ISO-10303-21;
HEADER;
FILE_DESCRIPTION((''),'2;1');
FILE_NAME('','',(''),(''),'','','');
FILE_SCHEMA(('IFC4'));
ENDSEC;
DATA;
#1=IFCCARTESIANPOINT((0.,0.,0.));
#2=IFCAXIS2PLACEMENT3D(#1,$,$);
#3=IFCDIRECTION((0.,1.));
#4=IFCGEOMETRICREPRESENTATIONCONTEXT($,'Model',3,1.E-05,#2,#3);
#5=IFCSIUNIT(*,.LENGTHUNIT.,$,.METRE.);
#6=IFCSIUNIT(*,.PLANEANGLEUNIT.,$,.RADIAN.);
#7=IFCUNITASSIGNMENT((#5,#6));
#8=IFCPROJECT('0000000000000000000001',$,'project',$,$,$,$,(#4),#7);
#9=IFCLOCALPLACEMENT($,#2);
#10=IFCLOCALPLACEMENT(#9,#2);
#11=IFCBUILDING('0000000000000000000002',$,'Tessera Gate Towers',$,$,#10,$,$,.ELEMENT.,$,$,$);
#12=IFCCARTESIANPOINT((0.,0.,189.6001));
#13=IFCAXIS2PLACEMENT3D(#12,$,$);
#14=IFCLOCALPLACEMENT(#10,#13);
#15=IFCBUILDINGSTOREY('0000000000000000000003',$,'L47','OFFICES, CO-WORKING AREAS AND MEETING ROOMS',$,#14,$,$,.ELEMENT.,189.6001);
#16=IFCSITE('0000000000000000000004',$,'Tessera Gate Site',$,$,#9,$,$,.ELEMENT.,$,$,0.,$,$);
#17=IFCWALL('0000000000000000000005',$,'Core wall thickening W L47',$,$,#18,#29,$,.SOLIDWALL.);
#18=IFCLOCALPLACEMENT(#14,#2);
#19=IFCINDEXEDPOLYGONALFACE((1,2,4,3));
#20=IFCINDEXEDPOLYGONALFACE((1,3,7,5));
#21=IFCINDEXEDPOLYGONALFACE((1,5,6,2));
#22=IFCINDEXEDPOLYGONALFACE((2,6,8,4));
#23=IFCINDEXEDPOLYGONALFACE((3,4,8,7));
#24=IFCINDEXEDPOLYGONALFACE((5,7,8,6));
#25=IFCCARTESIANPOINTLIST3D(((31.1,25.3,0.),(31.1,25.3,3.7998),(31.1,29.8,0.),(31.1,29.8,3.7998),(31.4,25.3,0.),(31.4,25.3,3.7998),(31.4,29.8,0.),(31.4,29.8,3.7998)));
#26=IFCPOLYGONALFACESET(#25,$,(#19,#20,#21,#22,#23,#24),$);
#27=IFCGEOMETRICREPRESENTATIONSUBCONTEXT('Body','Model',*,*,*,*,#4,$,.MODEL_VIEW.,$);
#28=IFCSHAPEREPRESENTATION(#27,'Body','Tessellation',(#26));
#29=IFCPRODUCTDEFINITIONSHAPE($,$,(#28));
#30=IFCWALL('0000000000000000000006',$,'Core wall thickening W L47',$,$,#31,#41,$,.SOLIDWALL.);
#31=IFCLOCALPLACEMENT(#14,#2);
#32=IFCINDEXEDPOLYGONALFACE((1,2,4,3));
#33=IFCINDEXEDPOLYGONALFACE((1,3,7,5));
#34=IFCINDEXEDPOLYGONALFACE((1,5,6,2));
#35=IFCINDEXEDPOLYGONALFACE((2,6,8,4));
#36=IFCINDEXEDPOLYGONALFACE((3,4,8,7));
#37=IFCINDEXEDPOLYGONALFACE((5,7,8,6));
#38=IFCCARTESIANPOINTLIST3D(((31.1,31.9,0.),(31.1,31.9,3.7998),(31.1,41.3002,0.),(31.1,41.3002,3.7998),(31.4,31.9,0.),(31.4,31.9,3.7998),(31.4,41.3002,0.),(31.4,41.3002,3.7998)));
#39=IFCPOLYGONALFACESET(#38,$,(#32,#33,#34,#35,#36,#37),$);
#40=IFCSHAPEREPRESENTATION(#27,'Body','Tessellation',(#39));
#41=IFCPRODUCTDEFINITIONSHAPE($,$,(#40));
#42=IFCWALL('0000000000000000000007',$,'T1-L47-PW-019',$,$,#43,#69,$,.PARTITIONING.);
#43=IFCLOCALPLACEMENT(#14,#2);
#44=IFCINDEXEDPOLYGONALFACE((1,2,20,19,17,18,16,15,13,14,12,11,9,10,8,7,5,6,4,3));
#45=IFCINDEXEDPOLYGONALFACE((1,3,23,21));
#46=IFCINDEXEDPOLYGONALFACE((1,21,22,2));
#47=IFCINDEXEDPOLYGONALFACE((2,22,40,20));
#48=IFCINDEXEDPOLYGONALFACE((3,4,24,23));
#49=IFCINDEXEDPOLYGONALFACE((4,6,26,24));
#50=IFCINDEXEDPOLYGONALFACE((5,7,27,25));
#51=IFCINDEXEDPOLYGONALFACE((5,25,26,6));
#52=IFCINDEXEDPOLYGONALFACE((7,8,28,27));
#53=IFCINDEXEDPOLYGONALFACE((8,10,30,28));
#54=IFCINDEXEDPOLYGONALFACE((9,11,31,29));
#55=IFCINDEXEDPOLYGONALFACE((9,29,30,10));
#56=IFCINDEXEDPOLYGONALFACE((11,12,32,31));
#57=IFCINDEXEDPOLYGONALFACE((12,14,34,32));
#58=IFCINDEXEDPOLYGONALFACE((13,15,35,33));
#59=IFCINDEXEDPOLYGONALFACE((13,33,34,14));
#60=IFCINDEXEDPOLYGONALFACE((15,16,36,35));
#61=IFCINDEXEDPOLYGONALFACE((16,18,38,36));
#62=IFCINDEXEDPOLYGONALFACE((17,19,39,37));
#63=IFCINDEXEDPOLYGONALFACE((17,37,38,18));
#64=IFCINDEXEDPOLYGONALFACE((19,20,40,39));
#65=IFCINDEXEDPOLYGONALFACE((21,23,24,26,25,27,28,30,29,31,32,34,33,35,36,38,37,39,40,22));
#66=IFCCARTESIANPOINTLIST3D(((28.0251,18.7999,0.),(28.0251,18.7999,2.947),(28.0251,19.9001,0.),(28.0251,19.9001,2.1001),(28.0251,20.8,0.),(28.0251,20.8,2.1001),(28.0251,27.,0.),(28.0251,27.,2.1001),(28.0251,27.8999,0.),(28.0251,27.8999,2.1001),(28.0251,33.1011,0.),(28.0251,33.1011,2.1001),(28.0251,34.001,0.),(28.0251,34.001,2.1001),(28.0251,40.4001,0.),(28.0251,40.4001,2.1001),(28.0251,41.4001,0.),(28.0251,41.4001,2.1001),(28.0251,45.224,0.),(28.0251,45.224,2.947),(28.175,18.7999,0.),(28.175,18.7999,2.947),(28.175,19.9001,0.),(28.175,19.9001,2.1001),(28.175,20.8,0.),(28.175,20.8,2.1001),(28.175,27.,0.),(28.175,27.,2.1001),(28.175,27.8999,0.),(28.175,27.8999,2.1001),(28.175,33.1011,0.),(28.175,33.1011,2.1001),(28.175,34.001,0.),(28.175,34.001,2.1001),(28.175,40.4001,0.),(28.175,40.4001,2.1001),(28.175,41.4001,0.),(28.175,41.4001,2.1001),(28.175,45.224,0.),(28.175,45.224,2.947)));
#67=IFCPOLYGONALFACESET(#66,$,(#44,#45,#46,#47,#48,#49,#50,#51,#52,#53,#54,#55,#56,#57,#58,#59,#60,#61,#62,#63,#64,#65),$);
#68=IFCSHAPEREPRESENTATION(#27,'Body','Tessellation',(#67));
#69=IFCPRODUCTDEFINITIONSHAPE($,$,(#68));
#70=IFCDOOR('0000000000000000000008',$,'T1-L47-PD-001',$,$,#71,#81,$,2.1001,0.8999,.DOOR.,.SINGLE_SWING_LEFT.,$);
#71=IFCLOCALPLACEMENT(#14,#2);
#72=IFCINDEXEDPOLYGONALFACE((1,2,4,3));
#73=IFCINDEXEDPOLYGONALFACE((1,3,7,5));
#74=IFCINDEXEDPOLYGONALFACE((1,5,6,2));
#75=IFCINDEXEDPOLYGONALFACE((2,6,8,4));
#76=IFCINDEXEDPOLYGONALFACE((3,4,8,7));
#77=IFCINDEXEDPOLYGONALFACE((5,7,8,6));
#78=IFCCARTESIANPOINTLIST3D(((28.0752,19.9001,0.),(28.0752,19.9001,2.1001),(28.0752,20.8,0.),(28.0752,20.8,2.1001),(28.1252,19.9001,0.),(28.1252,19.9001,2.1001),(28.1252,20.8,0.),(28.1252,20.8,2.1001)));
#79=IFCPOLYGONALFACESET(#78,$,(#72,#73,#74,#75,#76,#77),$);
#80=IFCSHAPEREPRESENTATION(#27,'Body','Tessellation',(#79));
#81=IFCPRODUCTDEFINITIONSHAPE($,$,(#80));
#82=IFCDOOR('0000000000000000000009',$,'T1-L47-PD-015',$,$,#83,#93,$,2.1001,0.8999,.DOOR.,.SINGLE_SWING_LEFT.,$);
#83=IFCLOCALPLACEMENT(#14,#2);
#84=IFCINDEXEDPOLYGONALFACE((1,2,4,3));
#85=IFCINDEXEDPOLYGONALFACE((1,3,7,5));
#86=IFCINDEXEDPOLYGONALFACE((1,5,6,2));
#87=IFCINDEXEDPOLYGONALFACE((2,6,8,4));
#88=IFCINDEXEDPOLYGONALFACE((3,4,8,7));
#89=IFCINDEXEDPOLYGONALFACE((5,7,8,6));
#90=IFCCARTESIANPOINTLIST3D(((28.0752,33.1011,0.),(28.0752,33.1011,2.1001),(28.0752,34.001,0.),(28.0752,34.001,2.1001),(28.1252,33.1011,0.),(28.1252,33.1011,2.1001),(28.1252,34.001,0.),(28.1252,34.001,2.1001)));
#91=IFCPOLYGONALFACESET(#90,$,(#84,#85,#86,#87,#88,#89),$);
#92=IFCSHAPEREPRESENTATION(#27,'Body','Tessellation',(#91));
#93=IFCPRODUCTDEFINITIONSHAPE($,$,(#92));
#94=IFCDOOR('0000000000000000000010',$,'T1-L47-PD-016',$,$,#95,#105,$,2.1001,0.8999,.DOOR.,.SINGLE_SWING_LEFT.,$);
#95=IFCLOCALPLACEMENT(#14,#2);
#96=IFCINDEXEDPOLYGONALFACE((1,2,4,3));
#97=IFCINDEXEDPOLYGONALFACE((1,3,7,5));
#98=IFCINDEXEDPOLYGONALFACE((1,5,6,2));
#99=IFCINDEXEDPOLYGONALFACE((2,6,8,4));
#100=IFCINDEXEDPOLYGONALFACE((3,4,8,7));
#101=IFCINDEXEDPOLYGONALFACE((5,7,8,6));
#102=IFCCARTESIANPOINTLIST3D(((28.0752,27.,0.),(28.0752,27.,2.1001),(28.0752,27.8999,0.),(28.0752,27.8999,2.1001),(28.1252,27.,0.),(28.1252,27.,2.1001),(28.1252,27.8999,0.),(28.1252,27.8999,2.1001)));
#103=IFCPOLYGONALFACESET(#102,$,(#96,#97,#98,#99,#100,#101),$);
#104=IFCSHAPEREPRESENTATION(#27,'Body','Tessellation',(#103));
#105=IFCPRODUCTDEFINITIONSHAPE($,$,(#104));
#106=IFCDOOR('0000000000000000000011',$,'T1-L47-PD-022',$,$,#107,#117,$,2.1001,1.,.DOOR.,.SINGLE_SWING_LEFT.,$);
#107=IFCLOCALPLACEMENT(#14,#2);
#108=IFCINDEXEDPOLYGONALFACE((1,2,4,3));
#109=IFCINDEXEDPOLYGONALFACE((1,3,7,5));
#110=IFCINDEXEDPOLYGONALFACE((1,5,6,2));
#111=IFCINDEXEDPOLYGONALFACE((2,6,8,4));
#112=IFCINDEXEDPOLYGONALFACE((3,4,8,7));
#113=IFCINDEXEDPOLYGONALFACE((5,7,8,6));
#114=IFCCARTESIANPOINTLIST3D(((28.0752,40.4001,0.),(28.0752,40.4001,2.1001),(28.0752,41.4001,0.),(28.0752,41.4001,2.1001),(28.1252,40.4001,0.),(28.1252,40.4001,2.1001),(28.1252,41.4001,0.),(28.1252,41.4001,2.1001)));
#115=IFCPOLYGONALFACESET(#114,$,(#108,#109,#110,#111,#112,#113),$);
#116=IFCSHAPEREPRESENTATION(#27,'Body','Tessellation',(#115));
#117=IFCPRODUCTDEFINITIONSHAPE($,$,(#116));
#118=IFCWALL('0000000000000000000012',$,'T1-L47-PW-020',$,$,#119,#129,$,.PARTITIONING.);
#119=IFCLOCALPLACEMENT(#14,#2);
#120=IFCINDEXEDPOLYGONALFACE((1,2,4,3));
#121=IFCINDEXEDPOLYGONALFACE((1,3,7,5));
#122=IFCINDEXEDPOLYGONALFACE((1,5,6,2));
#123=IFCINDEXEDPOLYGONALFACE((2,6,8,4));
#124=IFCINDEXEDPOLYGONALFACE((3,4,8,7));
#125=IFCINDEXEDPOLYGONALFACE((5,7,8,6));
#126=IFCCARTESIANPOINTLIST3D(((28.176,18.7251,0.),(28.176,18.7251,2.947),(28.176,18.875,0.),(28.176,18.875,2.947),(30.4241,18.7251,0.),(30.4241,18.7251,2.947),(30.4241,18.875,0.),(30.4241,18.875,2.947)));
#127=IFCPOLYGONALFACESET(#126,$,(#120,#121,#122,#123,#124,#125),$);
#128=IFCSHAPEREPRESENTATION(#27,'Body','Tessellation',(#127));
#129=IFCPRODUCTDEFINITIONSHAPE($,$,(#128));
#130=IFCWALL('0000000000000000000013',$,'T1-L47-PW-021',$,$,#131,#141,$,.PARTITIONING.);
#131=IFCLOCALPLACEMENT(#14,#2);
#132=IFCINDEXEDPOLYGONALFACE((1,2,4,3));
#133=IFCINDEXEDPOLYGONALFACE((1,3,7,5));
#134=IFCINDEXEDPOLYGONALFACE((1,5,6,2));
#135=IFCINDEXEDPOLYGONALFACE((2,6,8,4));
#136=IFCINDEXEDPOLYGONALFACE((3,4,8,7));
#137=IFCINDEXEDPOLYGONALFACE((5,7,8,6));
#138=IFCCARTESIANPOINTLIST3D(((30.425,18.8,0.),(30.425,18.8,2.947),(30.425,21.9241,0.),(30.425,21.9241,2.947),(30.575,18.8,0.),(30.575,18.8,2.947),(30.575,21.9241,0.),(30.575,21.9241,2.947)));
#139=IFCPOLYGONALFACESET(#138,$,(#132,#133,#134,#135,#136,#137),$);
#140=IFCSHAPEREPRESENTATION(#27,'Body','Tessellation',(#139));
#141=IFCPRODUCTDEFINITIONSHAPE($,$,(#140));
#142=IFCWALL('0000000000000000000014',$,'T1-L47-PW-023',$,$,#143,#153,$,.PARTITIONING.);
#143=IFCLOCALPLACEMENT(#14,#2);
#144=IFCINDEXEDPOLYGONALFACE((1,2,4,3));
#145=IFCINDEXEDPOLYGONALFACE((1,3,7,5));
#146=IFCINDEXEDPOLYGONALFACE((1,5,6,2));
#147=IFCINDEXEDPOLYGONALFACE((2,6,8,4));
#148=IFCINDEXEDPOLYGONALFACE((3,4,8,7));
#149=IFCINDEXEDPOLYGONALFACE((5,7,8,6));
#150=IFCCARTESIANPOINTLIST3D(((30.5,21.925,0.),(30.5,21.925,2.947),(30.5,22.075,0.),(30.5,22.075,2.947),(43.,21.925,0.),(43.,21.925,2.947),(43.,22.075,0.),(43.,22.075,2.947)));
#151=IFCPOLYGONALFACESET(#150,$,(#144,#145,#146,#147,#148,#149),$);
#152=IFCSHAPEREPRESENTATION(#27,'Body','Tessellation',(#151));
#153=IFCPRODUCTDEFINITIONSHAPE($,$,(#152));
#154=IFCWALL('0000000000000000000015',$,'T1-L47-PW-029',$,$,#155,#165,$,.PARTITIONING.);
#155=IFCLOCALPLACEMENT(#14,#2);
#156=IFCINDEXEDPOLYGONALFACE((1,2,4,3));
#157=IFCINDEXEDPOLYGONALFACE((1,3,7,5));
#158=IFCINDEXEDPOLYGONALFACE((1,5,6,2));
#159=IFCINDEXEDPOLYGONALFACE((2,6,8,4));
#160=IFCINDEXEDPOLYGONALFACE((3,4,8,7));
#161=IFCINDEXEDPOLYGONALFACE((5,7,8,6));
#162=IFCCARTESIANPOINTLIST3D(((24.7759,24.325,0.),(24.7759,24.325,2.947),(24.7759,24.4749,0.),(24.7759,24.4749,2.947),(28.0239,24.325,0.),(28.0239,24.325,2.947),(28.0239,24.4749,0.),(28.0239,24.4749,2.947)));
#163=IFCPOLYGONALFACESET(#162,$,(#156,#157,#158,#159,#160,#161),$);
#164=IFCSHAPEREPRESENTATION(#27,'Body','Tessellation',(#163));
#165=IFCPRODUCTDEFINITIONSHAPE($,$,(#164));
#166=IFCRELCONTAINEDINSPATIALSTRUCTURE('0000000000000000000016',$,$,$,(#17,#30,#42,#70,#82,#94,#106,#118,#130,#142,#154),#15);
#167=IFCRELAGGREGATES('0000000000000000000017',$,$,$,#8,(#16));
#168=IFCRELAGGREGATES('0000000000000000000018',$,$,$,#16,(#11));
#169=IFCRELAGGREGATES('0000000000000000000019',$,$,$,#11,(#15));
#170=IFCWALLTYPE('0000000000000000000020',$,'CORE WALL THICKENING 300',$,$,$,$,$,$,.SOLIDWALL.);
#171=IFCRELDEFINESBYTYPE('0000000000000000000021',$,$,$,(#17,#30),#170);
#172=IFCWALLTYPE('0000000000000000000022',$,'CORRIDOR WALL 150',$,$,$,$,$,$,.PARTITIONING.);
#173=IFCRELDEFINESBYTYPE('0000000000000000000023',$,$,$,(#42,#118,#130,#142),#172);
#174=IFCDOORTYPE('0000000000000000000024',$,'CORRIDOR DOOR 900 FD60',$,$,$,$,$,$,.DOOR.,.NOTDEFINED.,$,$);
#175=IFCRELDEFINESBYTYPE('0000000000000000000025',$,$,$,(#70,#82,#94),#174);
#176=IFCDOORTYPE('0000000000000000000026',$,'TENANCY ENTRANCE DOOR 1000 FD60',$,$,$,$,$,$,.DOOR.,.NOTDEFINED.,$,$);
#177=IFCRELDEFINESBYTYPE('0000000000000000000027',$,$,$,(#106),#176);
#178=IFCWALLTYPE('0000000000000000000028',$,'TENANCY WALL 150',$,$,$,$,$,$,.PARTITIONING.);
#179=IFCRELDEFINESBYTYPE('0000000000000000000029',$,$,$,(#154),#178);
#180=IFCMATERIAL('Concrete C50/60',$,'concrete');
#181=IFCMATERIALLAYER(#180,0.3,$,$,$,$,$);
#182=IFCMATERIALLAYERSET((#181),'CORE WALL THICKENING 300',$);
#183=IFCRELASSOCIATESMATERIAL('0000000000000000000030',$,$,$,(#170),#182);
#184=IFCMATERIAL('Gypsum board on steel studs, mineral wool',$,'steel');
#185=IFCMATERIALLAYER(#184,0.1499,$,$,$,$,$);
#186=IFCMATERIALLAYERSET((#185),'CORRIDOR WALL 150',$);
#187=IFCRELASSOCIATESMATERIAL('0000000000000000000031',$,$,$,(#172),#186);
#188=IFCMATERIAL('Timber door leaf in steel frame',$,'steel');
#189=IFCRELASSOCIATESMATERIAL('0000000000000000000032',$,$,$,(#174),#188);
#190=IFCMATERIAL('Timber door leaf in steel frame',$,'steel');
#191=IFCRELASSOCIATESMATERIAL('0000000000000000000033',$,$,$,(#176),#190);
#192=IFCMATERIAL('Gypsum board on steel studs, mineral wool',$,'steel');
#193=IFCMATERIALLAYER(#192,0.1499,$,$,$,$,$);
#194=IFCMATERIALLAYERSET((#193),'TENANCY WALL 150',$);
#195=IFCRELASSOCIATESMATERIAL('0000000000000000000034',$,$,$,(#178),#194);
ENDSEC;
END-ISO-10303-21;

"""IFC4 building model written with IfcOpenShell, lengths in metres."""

from ifc_helpers import new_model, si_unit, direction, frame, frame_2d, origin, place, context, subcontext, project, spatial, rectangle, extrude, source, transform, mapped, material, layer, layer_set, type_object, element, fill, save


model = new_model("IFC4")

# Units and contexts
model_context = context("Model", 3, precision=1e-05, world=origin(), true_north=direction((0.0, 1.0)))
body_context = subcontext(model_context, "Body", "Model", "MODEL_VIEW")
ifc_project = project(units=[si_unit("LENGTHUNIT", "METRE"), si_unit("PLANEANGLEUNIT", "RADIAN")], contexts=[model_context])

# Site, building, storey
site_placement = place(None, origin())
site = spatial("IfcSite", under=ifc_project, at=site_placement, Name="Tessera Gate Site", CompositionType="ELEMENT", RefElevation=0.0)
building_placement = place(site_placement, origin())
building = spatial("IfcBuilding", under=site, at=building_placement, Name="Tessera Gate Towers", CompositionType="ELEMENT")
storey_placement = place(building_placement, frame((0.0, 0.0, 189.6001)))
storey = spatial("IfcBuildingStorey", under=building, at=storey_placement, Name="L47", Description="OFFICES, CO-WORKING AREAS AND MEETING ROOMS", CompositionType="ELEMENT", Elevation=189.6001)

# Shared definitions
shared_shape_1 = source(origin(), body_context, "Body", "SweptSolid", [
    extrude(rectangle(XDim=0.8999, YDim=2.1001, at=frame_2d((0.45, 1.05))), frame((0.0, 0.0249, 0.0), z_axis=(0.0, -1.0, 0.0), x_axis=(1.0, 0.0, 0.0)), (0.0, 0.0, 1.0), 0.05),
])

# Walls
ifc_material_1 = material(Name="Concrete C50/60", Category="concrete")
ifc_layer_1 = layer(ifc_material_1, 0.3)
ifc_layer_set_1 = layer_set([ifc_layer_1], Name="CORE WALL THICKENING 300")
wall_type_1 = type_object("IfcWallType", Name="CORE WALL THICKENING 300", PredefinedType="SOLIDWALL", material=ifc_layer_set_1)
wall_1_placement = place(storey_placement, frame((31.25, 25.3, 0.0), z_axis=(0.0, 0.0, 1.0), x_axis=(0.0, 1.0, 0.0)))
element("IfcWall", 1, at=wall_1_placement, inside=storey, type_object=wall_type_1, Name="Core wall thickening W L47", PredefinedType="SOLIDWALL", context=body_context, shape_type="SweptSolid", body=[
    extrude(rectangle(XDim=4.5, YDim=0.3, at=frame_2d((2.25, 0.0))), origin(), (0.0, 0.0, 1.0), 3.7998),
])
wall_2_placement = place(storey_placement, frame((31.25, 31.8999, 0.0), z_axis=(0.0, 0.0, 1.0), x_axis=(0.0, 1.0, 0.0)))
element("IfcWall", 2, at=wall_2_placement, inside=storey, type_object=wall_type_1, Name="Core wall thickening W L47", PredefinedType="SOLIDWALL", context=body_context, shape_type="SweptSolid", body=[
    extrude(rectangle(XDim=9.4001, YDim=0.3, at=frame_2d((4.7002, 0.0))), origin(), (0.0, 0.0, 1.0), 3.7998),
])

# Wall, openings, doors
ifc_material_2 = material(Name="Gypsum board on steel studs, mineral wool", Category="steel")
ifc_layer_2 = layer(ifc_material_2, 0.1499)
ifc_layer_set_2 = layer_set([ifc_layer_2], Name="CORRIDOR WALL 150")
wall_type_2 = type_object("IfcWallType", Name="CORRIDOR WALL 150", PredefinedType="PARTITIONING", material=ifc_layer_set_2)
wall_3_placement = place(storey_placement, frame((28.1001, 18.8, 0.0), z_axis=(0.0, 0.0, 1.0), x_axis=(0.0, 1.0, 0.0)))
wall_3 = element("IfcWall", 3, at=wall_3_placement, inside=storey, type_object=wall_type_2, Name="T1-L47-PW-019", PredefinedType="PARTITIONING", context=body_context, shape_type="SweptSolid", body=[
    extrude(rectangle(XDim=26.4241, YDim=0.1499, at=frame_2d((13.2119, 0.0))), origin(), (0.0, 0.0, 1.0), 2.947),
])
shared_shape_2 = source(origin(), body_context, "Body", "SweptSolid", [
    extrude(rectangle(XDim=0.8999, YDim=2.1001, at=frame_2d((0.45, 1.05))), frame((0.0, 0.085, 0.0), z_axis=(0.0, -1.0, 0.0), x_axis=(1.0, 0.0, 0.0)), (0.0, 0.0, 1.0), 0.1699),
])
opening_1_placement = place(wall_3_placement, frame((1.1001, 0.0, 0.0)))
opening_1 = element("IfcOpeningElement", 4, at=opening_1_placement, cuts=wall_3, PredefinedType="OPENING", context=body_context, shape_type="MappedRepresentation", body=[
    mapped(shared_shape_2, transform((0.0, 0.0, 0.0), scale=1.0)),
])
opening_2_placement = place(wall_3_placement, frame((14.301, 0.0, 0.0)))
opening_2 = element("IfcOpeningElement", 5, at=opening_2_placement, cuts=wall_3, PredefinedType="OPENING", context=body_context, shape_type="MappedRepresentation", body=[
    mapped(shared_shape_2, transform((0.0, 0.0, 0.0), scale=1.0)),
])
opening_3_placement = place(wall_3_placement, frame((8.2, 0.0, 0.0)))
opening_3 = element("IfcOpeningElement", 6, at=opening_3_placement, cuts=wall_3, PredefinedType="OPENING", context=body_context, shape_type="MappedRepresentation", body=[
    mapped(shared_shape_2, transform((0.0, 0.0, 0.0), scale=1.0)),
])
shared_shape_3 = source(origin(), body_context, "Body", "SweptSolid", [
    extrude(rectangle(XDim=1.0, YDim=2.1001, at=frame_2d((0.5, 1.05))), frame((0.0, 0.085, 0.0), z_axis=(0.0, -1.0, 0.0), x_axis=(1.0, 0.0, 0.0)), (0.0, 0.0, 1.0), 0.1699),
])
opening_4_placement = place(wall_3_placement, frame((21.6001, 0.0, 0.0)))
opening_4 = element("IfcOpeningElement", 7, at=opening_4_placement, cuts=wall_3, PredefinedType="OPENING", context=body_context, shape_type="MappedRepresentation", body=[
    mapped(shared_shape_3, transform((0.0, 0.0, 0.0), scale=1.0)),
])
ifc_material_3 = material(Name="Timber door leaf in steel frame", Category="steel")
door_type_1 = type_object("IfcDoorType", Name="CORRIDOR DOOR 900 FD60", OperationType="NOTDEFINED", PredefinedType="DOOR", material=ifc_material_3)
door_1_placement = place(opening_1_placement, origin())
door_1 = element("IfcDoor", 8, at=door_1_placement, inside=storey, type_object=door_type_1, Name="T1-L47-PD-001", OperationType="SINGLE_SWING_LEFT", OverallHeight=2.1001, OverallWidth=0.8999, PredefinedType="DOOR", context=body_context, shape_type="MappedRepresentation", body=[
    mapped(shared_shape_1, transform((0.0, 0.0, 0.0), scale=1.0)),
])
fill(opening_1, door_1)
door_2_placement = place(opening_2_placement, origin())
door_2 = element("IfcDoor", 9, at=door_2_placement, inside=storey, type_object=door_type_1, Name="T1-L47-PD-015", OperationType="SINGLE_SWING_LEFT", OverallHeight=2.1001, OverallWidth=0.8999, PredefinedType="DOOR", context=body_context, shape_type="MappedRepresentation", body=[
    mapped(shared_shape_1, transform((0.0, 0.0, 0.0), scale=1.0)),
])
fill(opening_2, door_2)
door_3_placement = place(opening_3_placement, origin())
door_3 = element("IfcDoor", 10, at=door_3_placement, inside=storey, type_object=door_type_1, Name="T1-L47-PD-016", OperationType="SINGLE_SWING_LEFT", OverallHeight=2.1001, OverallWidth=0.8999, PredefinedType="DOOR", context=body_context, shape_type="MappedRepresentation", body=[
    mapped(shared_shape_1, transform((0.0, 0.0, 0.0), scale=1.0)),
])
fill(opening_3, door_3)
ifc_material_4 = material(Name="Timber door leaf in steel frame", Category="steel")
door_type_2 = type_object("IfcDoorType", Name="TENANCY ENTRANCE DOOR 1000 FD60", OperationType="NOTDEFINED", PredefinedType="DOOR", material=ifc_material_4)
shared_shape_4 = source(origin(), body_context, "Body", "SweptSolid", [
    extrude(rectangle(XDim=1.0, YDim=2.1001, at=frame_2d((0.5, 1.05))), frame((0.0, 0.0249, 0.0), z_axis=(0.0, -1.0, 0.0), x_axis=(1.0, 0.0, 0.0)), (0.0, 0.0, 1.0), 0.05),
])
door_4_placement = place(opening_4_placement, origin())
door_4 = element("IfcDoor", 11, at=door_4_placement, inside=storey, type_object=door_type_2, Name="T1-L47-PD-022", OperationType="SINGLE_SWING_LEFT", OverallHeight=2.1001, OverallWidth=1.0, PredefinedType="DOOR", context=body_context, shape_type="MappedRepresentation", body=[
    mapped(shared_shape_4, transform((0.0, 0.0, 0.0), scale=1.0)),
])
fill(opening_4, door_4)

# Walls
wall_4_placement = place(storey_placement, frame((28.176, 18.8, 0.0), z_axis=(0.0, 0.0, 1.0), x_axis=(1.0, 0.0, 0.0)))
element("IfcWall", 12, at=wall_4_placement, inside=storey, type_object=wall_type_2, Name="T1-L47-PW-020", PredefinedType="PARTITIONING", context=body_context, shape_type="SweptSolid", body=[
    extrude(rectangle(XDim=2.248, YDim=0.1499, at=frame_2d((1.124, 0.0))), origin(), (0.0, 0.0, 1.0), 2.947),
])
wall_5_placement = place(storey_placement, frame((30.5, 18.8, 0.0), z_axis=(0.0, 0.0, 1.0), x_axis=(0.0, 1.0, 0.0)))
element("IfcWall", 13, at=wall_5_placement, inside=storey, type_object=wall_type_2, Name="T1-L47-PW-021", PredefinedType="PARTITIONING", context=body_context, shape_type="SweptSolid", body=[
    extrude(rectangle(XDim=3.124, YDim=0.1499, at=frame_2d((1.562, 0.0))), origin(), (0.0, 0.0, 1.0), 2.947),
])
wall_6_placement = place(storey_placement, frame((30.5, 22.0, 0.0), z_axis=(0.0, 0.0, 1.0), x_axis=(1.0, 0.0, 0.0)))
element("IfcWall", 14, at=wall_6_placement, inside=storey, type_object=wall_type_2, Name="T1-L47-PW-023", PredefinedType="PARTITIONING", context=body_context, shape_type="SweptSolid", body=[
    extrude(rectangle(XDim=12.5, YDim=0.1499, at=frame_2d((6.25, 0.0))), origin(), (0.0, 0.0, 1.0), 2.947),
])
ifc_material_5 = material(Name="Gypsum board on steel studs, mineral wool", Category="steel")
ifc_layer_3 = layer(ifc_material_5, 0.1499)
ifc_layer_set_3 = layer_set([ifc_layer_3], Name="TENANCY WALL 150")
wall_type_3 = type_object("IfcWallType", Name="TENANCY WALL 150", PredefinedType="PARTITIONING", material=ifc_layer_set_3)
wall_7_placement = place(storey_placement, frame((24.7759, 24.3999, 0.0), z_axis=(0.0, 0.0, 1.0), x_axis=(1.0, 0.0, 0.0)))
element("IfcWall", 15, at=wall_7_placement, inside=storey, type_object=wall_type_3, Name="T1-L47-PW-029", PredefinedType="PARTITIONING", context=body_context, shape_type="SweptSolid", body=[
    extrude(rectangle(XDim=3.248, YDim=0.1499, at=frame_2d((1.624, 0.0))), origin(), (0.0, 0.0, 1.0), 2.947),
])

save(model, "model.ifc")
